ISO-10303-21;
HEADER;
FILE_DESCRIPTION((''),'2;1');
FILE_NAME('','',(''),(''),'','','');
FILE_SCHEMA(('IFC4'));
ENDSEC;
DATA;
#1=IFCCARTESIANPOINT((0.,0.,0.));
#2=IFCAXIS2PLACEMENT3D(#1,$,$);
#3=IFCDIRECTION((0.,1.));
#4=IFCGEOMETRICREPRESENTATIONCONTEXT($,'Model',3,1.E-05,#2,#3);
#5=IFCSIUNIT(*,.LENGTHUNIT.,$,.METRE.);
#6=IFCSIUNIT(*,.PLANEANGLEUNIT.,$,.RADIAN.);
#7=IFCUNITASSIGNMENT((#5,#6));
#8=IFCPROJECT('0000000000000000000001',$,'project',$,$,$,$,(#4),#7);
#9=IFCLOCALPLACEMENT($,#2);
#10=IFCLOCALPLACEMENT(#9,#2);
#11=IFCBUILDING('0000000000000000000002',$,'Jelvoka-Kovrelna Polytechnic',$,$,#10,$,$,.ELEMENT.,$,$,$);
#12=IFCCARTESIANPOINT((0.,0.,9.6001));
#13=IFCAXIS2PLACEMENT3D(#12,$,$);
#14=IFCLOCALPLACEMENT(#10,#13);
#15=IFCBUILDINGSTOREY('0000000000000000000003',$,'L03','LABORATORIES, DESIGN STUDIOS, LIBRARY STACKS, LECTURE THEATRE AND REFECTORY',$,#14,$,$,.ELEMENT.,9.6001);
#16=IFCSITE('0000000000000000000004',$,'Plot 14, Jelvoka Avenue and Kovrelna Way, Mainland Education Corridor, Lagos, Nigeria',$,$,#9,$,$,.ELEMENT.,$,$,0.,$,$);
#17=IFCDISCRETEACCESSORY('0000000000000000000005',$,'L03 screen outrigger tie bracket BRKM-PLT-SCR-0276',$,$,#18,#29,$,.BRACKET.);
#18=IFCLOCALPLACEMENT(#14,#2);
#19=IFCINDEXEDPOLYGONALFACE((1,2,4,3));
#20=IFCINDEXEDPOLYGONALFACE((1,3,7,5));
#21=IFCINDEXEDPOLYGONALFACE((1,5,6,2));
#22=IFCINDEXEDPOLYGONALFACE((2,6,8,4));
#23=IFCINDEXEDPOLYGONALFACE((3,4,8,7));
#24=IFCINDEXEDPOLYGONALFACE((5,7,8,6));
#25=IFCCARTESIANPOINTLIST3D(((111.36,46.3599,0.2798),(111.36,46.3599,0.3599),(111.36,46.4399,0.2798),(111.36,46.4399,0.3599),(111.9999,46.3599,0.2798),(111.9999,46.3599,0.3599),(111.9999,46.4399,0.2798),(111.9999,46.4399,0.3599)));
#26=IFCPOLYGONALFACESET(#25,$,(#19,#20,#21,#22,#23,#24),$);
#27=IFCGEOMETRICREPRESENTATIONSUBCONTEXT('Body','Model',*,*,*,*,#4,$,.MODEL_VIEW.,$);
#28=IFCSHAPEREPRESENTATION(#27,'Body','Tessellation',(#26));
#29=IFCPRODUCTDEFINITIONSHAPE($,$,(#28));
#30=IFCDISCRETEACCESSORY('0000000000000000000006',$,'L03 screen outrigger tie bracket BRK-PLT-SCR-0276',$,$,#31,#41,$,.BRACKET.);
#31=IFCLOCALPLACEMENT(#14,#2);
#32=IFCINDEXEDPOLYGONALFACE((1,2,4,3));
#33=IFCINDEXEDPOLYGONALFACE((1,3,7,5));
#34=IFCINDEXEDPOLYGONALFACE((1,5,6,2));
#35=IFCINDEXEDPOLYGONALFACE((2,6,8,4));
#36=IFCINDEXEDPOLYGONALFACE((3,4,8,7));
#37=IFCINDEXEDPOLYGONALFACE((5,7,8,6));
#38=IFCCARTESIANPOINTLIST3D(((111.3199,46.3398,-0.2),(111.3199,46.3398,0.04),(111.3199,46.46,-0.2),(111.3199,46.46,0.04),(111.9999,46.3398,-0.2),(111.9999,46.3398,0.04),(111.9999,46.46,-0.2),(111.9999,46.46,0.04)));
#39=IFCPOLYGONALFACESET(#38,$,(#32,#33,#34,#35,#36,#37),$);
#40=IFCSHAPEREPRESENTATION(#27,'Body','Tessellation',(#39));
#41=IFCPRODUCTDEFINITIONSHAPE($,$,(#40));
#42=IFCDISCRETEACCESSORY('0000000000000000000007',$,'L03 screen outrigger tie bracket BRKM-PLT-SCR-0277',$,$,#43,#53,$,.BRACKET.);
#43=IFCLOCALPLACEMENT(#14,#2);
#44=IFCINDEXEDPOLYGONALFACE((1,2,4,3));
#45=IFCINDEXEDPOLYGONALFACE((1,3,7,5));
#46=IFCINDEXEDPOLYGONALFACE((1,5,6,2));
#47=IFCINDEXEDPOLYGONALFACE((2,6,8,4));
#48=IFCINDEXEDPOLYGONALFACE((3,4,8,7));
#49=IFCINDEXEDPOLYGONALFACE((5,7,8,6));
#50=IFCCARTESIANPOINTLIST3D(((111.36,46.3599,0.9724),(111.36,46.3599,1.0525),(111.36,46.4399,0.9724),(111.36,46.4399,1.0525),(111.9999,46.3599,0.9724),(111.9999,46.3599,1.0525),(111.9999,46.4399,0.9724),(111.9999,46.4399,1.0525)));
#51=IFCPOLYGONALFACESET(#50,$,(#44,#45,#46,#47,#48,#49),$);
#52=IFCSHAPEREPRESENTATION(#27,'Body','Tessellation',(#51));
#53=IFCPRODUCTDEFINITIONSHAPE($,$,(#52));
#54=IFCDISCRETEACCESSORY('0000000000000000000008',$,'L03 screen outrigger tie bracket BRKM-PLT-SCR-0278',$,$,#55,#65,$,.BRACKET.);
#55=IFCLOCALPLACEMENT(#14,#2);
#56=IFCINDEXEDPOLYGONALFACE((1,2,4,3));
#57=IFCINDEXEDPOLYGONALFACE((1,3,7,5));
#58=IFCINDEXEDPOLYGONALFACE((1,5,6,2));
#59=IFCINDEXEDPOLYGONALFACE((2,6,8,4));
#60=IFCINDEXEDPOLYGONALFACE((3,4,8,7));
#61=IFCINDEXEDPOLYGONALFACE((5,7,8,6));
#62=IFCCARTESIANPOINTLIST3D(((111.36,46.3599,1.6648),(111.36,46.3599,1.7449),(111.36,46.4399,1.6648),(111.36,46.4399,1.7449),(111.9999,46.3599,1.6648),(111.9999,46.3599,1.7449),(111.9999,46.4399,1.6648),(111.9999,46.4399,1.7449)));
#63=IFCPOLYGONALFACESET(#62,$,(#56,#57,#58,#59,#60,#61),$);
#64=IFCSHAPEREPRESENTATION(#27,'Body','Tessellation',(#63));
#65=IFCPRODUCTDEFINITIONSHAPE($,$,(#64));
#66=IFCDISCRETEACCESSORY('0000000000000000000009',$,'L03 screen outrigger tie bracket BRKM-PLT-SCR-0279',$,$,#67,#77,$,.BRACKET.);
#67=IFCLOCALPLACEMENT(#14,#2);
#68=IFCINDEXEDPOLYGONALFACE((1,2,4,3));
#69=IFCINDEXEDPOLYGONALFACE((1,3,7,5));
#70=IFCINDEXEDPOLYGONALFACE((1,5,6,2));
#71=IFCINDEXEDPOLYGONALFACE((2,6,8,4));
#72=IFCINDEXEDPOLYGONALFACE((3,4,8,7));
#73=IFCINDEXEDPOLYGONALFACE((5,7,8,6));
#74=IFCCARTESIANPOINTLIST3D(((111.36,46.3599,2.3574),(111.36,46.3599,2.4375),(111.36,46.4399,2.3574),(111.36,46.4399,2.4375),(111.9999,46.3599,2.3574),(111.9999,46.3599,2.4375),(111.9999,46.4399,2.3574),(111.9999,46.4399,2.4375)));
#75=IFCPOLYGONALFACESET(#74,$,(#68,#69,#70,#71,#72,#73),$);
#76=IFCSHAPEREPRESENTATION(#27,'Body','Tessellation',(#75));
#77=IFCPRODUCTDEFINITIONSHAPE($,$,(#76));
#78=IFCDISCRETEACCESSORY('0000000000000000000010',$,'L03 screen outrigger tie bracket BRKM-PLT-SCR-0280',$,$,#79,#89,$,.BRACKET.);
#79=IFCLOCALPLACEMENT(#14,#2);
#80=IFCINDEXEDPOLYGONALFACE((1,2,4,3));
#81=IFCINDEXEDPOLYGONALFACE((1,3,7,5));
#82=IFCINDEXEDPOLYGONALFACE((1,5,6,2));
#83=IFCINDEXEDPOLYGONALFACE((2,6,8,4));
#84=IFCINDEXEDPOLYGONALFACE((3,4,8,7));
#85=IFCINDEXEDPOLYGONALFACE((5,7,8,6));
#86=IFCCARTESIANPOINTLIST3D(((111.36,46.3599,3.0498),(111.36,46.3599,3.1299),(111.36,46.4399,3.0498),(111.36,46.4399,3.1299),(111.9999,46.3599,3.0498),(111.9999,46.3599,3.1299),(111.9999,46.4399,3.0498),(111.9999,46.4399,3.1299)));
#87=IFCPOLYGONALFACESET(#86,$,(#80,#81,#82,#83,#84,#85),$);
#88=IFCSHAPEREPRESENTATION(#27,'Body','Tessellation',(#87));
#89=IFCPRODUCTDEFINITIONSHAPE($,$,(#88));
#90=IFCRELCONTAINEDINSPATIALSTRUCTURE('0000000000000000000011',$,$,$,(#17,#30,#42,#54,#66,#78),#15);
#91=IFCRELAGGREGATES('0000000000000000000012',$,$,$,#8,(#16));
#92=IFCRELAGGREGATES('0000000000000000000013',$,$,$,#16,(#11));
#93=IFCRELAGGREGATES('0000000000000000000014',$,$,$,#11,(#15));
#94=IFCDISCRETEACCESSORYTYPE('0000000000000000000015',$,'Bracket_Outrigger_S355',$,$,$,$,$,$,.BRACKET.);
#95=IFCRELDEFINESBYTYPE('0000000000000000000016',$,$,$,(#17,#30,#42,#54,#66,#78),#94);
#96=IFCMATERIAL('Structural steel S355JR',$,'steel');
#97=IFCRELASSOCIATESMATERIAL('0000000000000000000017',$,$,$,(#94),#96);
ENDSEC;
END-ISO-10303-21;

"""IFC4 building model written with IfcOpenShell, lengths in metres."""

from ifc_helpers import new_model, si_unit, direction, frame, origin, origin_2d, place, context, subcontext, project, spatial, rectangle, extrude, material, type_object, element, save


model = new_model("IFC4")

# Units and contexts
model_context = context("Model", 3, precision=1e-05, world=origin(), true_north=direction((0.0, 1.0)))
body_context = subcontext(model_context, "Body", "Model", "MODEL_VIEW")
ifc_project = project(units=[si_unit("LENGTHUNIT", "METRE"), si_unit("PLANEANGLEUNIT", "RADIAN")], contexts=[model_context])

# Site, building, storey
site_placement = place(None, origin())
site = spatial("IfcSite", under=ifc_project, at=site_placement, Name="Plot 14, Jelvoka Avenue and Kovrelna Way, Mainland Education Corridor, Lagos, Nigeria", CompositionType="ELEMENT", RefElevation=0.0)
building_placement = place(site_placement, origin())
building = spatial("IfcBuilding", under=site, at=building_placement, Name="Jelvoka-Kovrelna Polytechnic", CompositionType="ELEMENT")
storey_placement = place(building_placement, frame((0.0, 0.0, 9.6001)))
storey = spatial("IfcBuildingStorey", under=building, at=storey_placement, Name="L03", Description="LABORATORIES, DESIGN STUDIOS, LIBRARY STACKS, LECTURE THEATRE AND REFECTORY", CompositionType="ELEMENT", Elevation=9.6001)

# Discrete accessories
ifc_material_1 = material(Name="Structural steel S355JR", Category="steel")
discrete_accessory_type = type_object("IfcDiscreteAccessoryType", Name="Bracket_Outrigger_S355", PredefinedType="BRACKET", material=ifc_material_1)
discrete_accessory_1_placement = place(storey_placement, frame((111.6799, 46.3999, 0.2798), z_axis=(0.0, 0.0, 1.0), x_axis=(1.0, 0.0, 0.0)))
element("IfcDiscreteAccessory", 1, at=discrete_accessory_1_placement, inside=storey, type_object=discrete_accessory_type, Name="L03 screen outrigger tie bracket BRKM-PLT-SCR-0276", PredefinedType="BRACKET", context=body_context, shape_type="SweptSolid", body=[
    extrude(rectangle(XDim=0.6399, YDim=0.0801, at=origin_2d()), origin(), (0.0, 0.0, 1.0), 0.0801),
])
discrete_accessory_2_placement = place(storey_placement, frame((111.6599, 46.3999, -0.2), z_axis=(0.0, 0.0, 1.0), x_axis=(1.0, 0.0, 0.0)))
element("IfcDiscreteAccessory", 2, at=discrete_accessory_2_placement, inside=storey, type_object=discrete_accessory_type, Name="L03 screen outrigger tie bracket BRK-PLT-SCR-0276", PredefinedType="BRACKET", context=body_context, shape_type="SweptSolid", body=[
    extrude(rectangle(XDim=0.6799, YDim=0.1201, at=origin_2d()), origin(), (0.0, 0.0, 1.0), 0.24),
])
for number, where, z_axis, x_axis, name in (
    (3, (111.6799, 46.3999, 0.9724), (0.0, 0.0, 1.0), (1.0, 0.0, 0.0), "L03 screen outrigger tie bracket BRKM-PLT-SCR-0277"),
    (4, (111.6799, 46.3999, 1.6648), (0.0, 0.0, 1.0), (1.0, 0.0, 0.0), "L03 screen outrigger tie bracket BRKM-PLT-SCR-0278"),
    (5, (111.6799, 46.3999, 2.3574), (0.0, 0.0, 1.0), (1.0, 0.0, 0.0), "L03 screen outrigger tie bracket BRKM-PLT-SCR-0279"),
    (6, (111.6799, 46.3999, 3.0498), (0.0, 0.0, 1.0), (1.0, 0.0, 0.0), "L03 screen outrigger tie bracket BRKM-PLT-SCR-0280"),
):
    element("IfcDiscreteAccessory", number, at=place(storey_placement, frame(where, z_axis=z_axis, x_axis=x_axis)), inside=storey, type_object=discrete_accessory_type, Name=name, PredefinedType="BRACKET", context=body_context, shape_type="SweptSolid", body=[
        extrude(rectangle(XDim=0.6399, YDim=0.0801, at=origin_2d()), origin(), (0.0, 0.0, 1.0), 0.0801),
    ])

save(model, "model.ifc")
